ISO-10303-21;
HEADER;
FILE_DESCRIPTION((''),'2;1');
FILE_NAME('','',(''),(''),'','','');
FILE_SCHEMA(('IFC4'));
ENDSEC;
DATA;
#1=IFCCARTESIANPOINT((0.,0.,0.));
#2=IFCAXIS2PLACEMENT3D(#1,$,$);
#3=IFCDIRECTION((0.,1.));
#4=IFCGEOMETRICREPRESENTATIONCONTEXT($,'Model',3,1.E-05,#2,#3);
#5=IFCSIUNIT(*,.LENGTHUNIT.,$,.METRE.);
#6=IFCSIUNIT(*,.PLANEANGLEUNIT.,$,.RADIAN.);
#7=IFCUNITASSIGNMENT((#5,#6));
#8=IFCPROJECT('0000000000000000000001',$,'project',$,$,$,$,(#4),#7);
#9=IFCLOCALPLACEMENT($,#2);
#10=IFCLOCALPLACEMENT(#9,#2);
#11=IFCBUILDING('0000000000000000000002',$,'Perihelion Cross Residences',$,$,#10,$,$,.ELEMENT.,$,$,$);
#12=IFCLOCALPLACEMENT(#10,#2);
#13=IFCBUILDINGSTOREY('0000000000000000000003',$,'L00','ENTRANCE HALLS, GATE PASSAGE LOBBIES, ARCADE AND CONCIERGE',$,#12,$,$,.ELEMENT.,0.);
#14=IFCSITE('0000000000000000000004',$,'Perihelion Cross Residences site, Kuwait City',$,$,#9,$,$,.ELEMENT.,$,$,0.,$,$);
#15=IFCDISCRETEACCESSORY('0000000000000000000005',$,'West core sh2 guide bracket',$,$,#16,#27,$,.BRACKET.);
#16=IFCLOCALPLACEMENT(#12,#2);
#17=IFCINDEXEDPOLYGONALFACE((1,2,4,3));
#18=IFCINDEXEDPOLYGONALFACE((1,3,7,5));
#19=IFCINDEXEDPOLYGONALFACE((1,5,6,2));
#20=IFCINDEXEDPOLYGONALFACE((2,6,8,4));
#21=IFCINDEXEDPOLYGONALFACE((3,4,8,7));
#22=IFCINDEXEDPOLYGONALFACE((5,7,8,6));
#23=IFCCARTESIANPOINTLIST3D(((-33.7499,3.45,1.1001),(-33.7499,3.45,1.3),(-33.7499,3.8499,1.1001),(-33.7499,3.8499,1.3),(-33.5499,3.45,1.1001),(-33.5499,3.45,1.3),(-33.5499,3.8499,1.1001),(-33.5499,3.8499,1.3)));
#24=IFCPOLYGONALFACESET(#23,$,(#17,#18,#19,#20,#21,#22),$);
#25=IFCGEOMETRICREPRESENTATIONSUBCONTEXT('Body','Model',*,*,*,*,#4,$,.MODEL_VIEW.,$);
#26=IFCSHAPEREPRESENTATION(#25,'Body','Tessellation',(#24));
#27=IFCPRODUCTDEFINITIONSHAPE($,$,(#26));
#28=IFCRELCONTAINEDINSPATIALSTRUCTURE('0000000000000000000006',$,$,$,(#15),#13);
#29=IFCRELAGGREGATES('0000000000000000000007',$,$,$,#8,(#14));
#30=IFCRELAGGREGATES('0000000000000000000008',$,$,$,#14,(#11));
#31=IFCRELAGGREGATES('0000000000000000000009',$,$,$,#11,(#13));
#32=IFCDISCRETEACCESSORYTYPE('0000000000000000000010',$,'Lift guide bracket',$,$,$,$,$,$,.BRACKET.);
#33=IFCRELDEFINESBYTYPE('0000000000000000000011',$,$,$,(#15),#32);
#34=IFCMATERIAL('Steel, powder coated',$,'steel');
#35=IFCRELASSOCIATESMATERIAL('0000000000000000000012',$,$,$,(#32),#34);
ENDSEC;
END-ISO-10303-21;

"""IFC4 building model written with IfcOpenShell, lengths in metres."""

from ifc_helpers import new_model, si_unit, direction, frame, origin, origin_2d, place, context, subcontext, project, spatial, rectangle, extrude, material, type_object, element, save


model = new_model("IFC4")

# Units and contexts
model_context = context("Model", 3, precision=1e-05, world=origin(), true_north=direction((0.0, 1.0)))
body_context = subcontext(model_context, "Body", "Model", "MODEL_VIEW")
ifc_project = project(units=[si_unit("LENGTHUNIT", "METRE"), si_unit("PLANEANGLEUNIT", "RADIAN")], contexts=[model_context])

# Site, building, storey
site_placement = place(None, origin())
site = spatial("IfcSite", under=ifc_project, at=site_placement, Name="Perihelion Cross Residences site, Kuwait City", CompositionType="ELEMENT", RefElevation=0.0)
building_placement = place(site_placement, origin())
building = spatial("IfcBuilding", under=site, at=building_placement, Name="Perihelion Cross Residences", CompositionType="ELEMENT")
storey_placement = place(building_placement, origin())
storey = spatial("IfcBuildingStorey", under=building, at=storey_placement, Name="L00", Description="ENTRANCE HALLS, GATE PASSAGE LOBBIES, ARCADE AND CONCIERGE", CompositionType="ELEMENT", Elevation=0.0)

# Discrete accessory
ifc_material_1 = material(Name="Steel, powder coated", Category="steel")
discrete_accessory_type = type_object("IfcDiscreteAccessoryType", Name="Lift guide bracket", PredefinedType="BRACKET", material=ifc_material_1)
for number, where, z_axis, x_axis, name in (
    (1, (-33.6499, 3.6499, 1.1001), (0.0, 0.0, 1.0), (1.0, 0.0, 0.0), "West core sh2 guide bracket"),
):
    element("IfcDiscreteAccessory", number, at=place(storey_placement, frame(where, z_axis=z_axis, x_axis=x_axis)), inside=storey, type_object=discrete_accessory_type, Name=name, PredefinedType="BRACKET", context=body_context, shape_type="SweptSolid", body=[
        extrude(rectangle(XDim=0.2, YDim=0.3999, at=origin_2d()), origin(), (0.0, 0.0, 1.0), 0.2),
    ])

save(model, "model.ifc")
